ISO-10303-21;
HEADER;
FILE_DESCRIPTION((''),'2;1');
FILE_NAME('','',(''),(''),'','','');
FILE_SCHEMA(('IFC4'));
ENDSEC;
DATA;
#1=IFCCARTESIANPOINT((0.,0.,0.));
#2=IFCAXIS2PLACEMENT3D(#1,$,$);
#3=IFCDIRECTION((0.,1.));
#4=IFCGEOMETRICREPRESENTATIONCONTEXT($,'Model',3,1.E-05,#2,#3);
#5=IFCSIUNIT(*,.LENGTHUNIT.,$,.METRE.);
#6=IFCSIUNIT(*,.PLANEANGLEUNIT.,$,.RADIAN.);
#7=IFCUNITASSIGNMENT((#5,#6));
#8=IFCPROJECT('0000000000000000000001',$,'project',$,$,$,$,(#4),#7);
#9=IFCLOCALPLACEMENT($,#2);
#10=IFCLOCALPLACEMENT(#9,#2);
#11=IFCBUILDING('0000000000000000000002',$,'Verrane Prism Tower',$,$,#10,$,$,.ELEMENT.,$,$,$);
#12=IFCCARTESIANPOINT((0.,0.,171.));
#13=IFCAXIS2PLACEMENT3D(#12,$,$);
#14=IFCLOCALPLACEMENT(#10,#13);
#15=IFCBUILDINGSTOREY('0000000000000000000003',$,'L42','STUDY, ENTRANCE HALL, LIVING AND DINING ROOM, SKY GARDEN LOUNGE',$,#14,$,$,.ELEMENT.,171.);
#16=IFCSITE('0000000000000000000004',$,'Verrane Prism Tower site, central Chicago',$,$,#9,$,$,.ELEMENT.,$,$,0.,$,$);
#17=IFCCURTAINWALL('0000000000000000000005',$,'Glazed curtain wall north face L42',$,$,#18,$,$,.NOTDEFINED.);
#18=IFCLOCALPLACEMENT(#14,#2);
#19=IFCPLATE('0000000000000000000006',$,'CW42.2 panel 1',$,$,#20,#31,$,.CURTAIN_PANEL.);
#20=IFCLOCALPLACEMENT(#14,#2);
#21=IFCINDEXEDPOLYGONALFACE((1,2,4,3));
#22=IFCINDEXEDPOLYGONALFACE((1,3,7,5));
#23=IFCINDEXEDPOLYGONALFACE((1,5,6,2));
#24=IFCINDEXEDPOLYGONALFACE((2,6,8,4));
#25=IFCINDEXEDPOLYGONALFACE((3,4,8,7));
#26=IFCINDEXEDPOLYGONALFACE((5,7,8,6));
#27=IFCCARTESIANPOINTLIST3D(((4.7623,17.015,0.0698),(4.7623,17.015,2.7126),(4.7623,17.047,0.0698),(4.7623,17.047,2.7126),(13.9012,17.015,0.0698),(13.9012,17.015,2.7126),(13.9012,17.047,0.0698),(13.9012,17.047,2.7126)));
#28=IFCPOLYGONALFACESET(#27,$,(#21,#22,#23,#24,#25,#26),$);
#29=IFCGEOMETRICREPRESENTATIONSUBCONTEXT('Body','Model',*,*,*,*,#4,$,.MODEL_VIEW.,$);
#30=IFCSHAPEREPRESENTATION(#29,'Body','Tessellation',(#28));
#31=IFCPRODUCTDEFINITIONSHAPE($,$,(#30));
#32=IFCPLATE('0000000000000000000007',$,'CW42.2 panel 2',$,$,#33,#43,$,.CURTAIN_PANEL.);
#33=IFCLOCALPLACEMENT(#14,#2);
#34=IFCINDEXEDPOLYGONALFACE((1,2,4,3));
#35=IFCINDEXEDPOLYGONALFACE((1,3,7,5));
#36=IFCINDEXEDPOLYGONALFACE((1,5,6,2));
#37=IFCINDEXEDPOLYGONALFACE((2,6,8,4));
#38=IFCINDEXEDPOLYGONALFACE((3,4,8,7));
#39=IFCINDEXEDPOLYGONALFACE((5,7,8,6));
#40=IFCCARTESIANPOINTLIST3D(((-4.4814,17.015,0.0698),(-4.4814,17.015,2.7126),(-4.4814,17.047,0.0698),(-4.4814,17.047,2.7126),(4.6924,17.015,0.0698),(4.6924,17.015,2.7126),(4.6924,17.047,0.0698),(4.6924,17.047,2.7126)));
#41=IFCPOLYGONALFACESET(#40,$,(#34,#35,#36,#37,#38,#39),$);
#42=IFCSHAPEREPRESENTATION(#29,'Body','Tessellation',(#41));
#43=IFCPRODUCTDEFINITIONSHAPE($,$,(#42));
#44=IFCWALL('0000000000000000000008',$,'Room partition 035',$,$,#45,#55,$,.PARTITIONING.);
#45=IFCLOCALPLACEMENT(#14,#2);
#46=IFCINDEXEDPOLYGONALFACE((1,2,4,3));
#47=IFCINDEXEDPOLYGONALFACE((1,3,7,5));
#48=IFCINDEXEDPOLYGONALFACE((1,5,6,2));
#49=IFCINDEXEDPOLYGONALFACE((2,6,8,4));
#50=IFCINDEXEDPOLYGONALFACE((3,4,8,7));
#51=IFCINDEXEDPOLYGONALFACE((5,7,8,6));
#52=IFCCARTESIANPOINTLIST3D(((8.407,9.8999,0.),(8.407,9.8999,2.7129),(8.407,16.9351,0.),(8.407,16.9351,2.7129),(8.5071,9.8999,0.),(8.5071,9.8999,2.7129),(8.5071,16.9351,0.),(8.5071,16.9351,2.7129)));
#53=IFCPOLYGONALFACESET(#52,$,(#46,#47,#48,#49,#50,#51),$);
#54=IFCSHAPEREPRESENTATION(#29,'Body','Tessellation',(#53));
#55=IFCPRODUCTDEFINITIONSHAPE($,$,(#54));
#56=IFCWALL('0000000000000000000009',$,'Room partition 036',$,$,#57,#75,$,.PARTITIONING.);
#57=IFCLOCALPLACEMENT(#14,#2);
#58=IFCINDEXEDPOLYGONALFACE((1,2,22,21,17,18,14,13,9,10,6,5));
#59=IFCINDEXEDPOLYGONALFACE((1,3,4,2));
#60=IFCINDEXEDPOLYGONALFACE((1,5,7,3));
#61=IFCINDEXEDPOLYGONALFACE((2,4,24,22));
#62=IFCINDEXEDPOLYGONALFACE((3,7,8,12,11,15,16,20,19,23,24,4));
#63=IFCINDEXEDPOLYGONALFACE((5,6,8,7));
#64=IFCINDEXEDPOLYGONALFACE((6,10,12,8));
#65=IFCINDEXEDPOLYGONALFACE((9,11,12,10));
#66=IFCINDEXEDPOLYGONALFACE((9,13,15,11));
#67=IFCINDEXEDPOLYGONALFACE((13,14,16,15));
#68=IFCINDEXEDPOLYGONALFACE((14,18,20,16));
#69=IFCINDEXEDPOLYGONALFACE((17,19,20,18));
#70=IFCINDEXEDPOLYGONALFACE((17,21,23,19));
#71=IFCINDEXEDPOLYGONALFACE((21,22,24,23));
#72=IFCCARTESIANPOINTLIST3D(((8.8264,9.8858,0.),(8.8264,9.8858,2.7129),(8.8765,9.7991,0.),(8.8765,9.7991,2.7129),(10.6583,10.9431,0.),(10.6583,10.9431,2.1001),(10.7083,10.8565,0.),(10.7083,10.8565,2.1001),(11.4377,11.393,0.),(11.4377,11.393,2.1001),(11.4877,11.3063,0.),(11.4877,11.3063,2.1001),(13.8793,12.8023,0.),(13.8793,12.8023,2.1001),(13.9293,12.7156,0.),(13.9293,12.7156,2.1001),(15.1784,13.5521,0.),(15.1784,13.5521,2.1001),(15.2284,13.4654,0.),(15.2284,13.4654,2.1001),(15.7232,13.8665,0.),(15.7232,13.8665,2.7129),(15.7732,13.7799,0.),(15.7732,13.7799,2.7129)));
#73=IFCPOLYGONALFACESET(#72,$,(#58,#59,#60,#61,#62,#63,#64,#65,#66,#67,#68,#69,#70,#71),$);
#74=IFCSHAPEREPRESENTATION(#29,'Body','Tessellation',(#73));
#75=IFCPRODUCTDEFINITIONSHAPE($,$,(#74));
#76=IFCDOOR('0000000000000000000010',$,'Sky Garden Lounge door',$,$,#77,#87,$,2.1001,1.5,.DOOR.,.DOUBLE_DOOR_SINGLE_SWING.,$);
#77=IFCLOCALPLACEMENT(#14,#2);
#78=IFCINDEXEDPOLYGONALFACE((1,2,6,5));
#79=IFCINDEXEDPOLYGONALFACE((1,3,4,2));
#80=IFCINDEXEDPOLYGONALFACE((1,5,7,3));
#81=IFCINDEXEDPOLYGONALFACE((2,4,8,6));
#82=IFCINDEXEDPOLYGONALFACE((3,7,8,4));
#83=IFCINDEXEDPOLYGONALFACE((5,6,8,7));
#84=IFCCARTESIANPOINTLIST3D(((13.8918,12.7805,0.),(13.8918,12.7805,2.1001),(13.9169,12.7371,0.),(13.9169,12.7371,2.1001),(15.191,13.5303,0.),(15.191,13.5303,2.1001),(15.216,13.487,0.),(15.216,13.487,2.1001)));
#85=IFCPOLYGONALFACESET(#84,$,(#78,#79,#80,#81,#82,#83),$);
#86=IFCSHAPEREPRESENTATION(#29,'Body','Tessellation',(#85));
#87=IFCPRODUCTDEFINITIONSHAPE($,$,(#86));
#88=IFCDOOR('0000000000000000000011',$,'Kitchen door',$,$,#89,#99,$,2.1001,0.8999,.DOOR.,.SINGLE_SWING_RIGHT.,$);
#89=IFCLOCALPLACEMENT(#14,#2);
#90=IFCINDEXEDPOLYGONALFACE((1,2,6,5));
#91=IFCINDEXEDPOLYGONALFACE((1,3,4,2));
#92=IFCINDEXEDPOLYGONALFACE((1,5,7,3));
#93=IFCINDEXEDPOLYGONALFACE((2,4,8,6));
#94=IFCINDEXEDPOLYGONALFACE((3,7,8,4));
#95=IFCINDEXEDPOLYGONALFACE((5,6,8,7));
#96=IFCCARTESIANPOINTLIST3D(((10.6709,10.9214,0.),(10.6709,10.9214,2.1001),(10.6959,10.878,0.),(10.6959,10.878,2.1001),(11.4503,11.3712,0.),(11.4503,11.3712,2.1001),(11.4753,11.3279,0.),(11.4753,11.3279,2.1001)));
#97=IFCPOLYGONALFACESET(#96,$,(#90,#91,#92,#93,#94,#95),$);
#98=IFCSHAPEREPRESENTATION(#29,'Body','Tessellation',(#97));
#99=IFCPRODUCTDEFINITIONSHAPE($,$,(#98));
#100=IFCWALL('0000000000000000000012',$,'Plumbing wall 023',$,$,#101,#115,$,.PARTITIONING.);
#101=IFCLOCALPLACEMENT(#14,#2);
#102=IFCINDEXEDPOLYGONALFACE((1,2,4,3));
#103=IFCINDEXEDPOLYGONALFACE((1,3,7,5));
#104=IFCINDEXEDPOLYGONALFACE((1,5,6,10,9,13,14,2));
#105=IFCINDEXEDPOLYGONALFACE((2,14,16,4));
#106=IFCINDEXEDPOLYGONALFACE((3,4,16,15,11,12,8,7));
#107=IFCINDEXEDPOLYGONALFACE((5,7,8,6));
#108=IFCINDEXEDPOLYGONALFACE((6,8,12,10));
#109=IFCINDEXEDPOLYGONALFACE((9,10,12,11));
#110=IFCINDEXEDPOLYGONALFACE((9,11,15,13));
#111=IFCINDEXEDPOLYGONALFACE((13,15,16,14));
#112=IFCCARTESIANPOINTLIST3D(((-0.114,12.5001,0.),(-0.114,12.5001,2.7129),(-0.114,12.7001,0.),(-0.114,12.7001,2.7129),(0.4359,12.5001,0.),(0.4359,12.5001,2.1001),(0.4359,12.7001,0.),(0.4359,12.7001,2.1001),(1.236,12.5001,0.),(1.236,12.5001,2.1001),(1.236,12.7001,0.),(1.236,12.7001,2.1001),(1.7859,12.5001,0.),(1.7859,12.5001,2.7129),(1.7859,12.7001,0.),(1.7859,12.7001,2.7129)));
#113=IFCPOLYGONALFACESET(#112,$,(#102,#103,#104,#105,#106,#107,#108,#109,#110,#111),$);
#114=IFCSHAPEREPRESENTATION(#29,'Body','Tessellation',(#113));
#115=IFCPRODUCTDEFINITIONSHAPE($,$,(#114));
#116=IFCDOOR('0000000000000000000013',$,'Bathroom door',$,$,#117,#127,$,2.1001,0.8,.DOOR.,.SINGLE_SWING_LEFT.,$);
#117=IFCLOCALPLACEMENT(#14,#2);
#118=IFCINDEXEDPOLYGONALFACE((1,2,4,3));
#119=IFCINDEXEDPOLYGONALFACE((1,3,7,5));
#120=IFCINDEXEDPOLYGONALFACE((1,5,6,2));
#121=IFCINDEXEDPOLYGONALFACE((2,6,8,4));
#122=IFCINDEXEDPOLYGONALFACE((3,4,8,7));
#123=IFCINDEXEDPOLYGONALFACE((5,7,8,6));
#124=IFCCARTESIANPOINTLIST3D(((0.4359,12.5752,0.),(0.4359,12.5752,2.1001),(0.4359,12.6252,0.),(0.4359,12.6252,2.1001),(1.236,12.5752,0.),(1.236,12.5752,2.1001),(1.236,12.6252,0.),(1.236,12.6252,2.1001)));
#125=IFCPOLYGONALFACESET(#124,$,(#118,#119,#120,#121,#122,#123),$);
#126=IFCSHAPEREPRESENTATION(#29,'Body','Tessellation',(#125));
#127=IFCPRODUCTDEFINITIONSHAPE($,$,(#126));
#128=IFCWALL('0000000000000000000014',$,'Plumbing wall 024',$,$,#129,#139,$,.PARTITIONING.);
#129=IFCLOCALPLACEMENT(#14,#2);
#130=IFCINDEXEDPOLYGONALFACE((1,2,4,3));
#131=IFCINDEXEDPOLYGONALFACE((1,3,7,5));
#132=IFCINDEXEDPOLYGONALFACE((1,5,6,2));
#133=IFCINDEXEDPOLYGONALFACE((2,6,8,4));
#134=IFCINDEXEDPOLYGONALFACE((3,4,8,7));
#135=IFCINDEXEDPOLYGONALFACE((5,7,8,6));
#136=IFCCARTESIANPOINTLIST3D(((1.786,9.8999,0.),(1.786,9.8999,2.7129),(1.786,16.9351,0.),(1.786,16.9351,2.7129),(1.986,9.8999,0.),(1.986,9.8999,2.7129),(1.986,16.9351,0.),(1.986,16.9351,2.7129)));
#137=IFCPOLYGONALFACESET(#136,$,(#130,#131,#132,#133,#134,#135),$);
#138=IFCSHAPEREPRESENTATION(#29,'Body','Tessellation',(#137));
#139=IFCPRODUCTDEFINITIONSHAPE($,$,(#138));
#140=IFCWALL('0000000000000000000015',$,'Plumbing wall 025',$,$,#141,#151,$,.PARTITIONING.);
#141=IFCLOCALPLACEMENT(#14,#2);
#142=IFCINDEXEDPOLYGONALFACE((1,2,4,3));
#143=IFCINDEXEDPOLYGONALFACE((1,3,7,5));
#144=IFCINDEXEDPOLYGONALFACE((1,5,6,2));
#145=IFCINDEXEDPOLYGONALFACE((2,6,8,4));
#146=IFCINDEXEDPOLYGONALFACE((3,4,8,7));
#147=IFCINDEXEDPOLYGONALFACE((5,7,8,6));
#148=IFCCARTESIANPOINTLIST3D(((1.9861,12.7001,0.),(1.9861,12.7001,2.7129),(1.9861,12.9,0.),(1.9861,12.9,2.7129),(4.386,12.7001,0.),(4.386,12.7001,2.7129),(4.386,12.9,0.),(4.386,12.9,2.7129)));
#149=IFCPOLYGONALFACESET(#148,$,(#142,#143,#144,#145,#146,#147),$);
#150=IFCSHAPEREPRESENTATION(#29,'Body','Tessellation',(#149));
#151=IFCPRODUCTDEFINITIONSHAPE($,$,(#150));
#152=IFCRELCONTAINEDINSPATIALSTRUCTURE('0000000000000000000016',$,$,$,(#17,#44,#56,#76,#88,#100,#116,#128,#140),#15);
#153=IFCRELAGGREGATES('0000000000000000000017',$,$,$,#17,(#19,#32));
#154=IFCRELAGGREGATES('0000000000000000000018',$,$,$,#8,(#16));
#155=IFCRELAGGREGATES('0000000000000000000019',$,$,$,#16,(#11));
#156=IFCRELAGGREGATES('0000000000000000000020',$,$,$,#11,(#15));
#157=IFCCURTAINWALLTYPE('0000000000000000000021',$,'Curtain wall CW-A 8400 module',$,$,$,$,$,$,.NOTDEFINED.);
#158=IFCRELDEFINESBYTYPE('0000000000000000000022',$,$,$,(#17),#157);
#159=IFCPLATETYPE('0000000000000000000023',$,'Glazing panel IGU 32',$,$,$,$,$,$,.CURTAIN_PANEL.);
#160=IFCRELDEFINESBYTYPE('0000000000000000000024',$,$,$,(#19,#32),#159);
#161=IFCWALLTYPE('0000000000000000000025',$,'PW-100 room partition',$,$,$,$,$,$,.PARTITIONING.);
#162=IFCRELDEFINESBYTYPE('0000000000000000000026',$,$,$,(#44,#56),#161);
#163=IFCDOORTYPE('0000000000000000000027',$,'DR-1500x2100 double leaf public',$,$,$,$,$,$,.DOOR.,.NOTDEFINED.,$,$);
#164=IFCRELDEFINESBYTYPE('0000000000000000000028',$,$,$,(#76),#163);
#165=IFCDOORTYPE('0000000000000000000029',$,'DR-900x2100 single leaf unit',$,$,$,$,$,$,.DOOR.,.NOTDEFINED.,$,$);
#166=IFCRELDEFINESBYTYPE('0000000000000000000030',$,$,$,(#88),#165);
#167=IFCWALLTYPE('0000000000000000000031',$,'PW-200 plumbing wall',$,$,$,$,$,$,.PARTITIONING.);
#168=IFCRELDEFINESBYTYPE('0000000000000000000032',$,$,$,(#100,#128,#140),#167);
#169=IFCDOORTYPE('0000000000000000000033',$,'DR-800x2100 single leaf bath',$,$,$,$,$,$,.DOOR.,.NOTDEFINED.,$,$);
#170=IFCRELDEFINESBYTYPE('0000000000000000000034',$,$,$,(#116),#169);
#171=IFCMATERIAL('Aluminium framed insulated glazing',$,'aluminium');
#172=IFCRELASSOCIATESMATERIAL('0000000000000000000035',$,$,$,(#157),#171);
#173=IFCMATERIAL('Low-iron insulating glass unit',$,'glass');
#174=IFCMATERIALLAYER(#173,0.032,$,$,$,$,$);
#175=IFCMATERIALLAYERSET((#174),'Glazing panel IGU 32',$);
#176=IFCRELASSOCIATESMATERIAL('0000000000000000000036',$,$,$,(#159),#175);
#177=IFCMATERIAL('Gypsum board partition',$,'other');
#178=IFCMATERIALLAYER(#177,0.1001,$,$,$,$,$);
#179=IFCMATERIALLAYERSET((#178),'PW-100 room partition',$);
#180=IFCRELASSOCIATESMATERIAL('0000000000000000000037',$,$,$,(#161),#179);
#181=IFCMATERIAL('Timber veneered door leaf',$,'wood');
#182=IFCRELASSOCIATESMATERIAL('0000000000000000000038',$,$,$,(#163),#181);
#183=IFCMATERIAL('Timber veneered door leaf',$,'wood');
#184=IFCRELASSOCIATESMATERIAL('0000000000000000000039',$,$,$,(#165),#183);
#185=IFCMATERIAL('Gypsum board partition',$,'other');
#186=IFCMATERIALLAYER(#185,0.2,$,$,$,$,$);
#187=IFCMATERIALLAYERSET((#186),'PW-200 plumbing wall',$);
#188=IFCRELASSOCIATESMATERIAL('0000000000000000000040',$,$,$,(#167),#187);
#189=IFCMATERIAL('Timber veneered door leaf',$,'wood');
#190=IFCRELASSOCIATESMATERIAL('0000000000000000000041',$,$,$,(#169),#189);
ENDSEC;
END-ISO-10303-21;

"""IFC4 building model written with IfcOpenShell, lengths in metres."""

from ifc_helpers import new_model, si_unit, direction, frame, frame_2d, origin, origin_2d, place, context, subcontext, project, spatial, rectangle, extrude, material, layer, layer_set, type_object, element, fill, aggregate, save


model = new_model("IFC4")

# Units and contexts
model_context = context("Model", 3, precision=1e-05, world=origin(), true_north=direction((0.0, 1.0)))
body_context = subcontext(model_context, "Body", "Model", "MODEL_VIEW")
ifc_project = project(units=[si_unit("LENGTHUNIT", "METRE"), si_unit("PLANEANGLEUNIT", "RADIAN")], contexts=[model_context])

# Site, building, storey
site_placement = place(None, origin())
site = spatial("IfcSite", under=ifc_project, at=site_placement, Name="Verrane Prism Tower site, central Chicago", CompositionType="ELEMENT", RefElevation=0.0)
building_placement = place(site_placement, origin())
building = spatial("IfcBuilding", under=site, at=building_placement, Name="Verrane Prism Tower", CompositionType="ELEMENT")
storey_placement = place(building_placement, frame((0.0, 0.0, 171.0)))
storey = spatial("IfcBuildingStorey", under=building, at=storey_placement, Name="L42", Description="STUDY, ENTRANCE HALL, LIVING AND DINING ROOM, SKY GARDEN LOUNGE", CompositionType="ELEMENT", Elevation=171.0)

# Curtain wall
ifc_material_1 = material(Name="Aluminium framed insulated glazing", Category="aluminium")
curtain_wall_type = type_object("IfcCurtainWallType", Name="Curtain wall CW-A 8400 module", PredefinedType="NOTDEFINED", material=ifc_material_1)
curtain_wall_placement = place(storey_placement, origin())
curtain_wall = element("IfcCurtainWall", 1, at=curtain_wall_placement, inside=storey, type_object=curtain_wall_type, Name="Glazed curtain wall north face L42", PredefinedType="NOTDEFINED")

# Plates
ifc_material_2 = material(Name="Low-iron insulating glass unit", Category="glass")
ifc_layer_1 = layer(ifc_material_2, 0.032)
ifc_layer_set_1 = layer_set([ifc_layer_1], Name="Glazing panel IGU 32")
plate_type = type_object("IfcPlateType", Name="Glazing panel IGU 32", PredefinedType="CURTAIN_PANEL", material=ifc_layer_set_1)
plate_1_placement = place(storey_placement, frame((9.3318, 17.031, 0.0698), z_axis=(0.0, 0.0, 1.0), x_axis=(-1.0, 0.0, 0.0)))
plate_1 = element("IfcPlate", 2, at=plate_1_placement, type_object=plate_type, Name="CW42.2 panel 1", PredefinedType="CURTAIN_PANEL", context=body_context, shape_type="SweptSolid", body=[
    extrude(rectangle(XDim=9.1389, YDim=0.032, at=origin_2d()), origin(), (0.0, 0.0, 1.0), 2.6428),
])
plate_2_placement = place(storey_placement, frame((0.1055, 17.031, 0.0698), z_axis=(0.0, 0.0, 1.0), x_axis=(-1.0, 0.0, 0.0)))
plate_2 = element("IfcPlate", 3, at=plate_2_placement, type_object=plate_type, Name="CW42.2 panel 2", PredefinedType="CURTAIN_PANEL", context=body_context, shape_type="SweptSolid", body=[
    extrude(rectangle(XDim=9.1738, YDim=0.032, at=origin_2d()), origin(), (0.0, 0.0, 1.0), 2.6428),
])
aggregate(curtain_wall, [plate_1, plate_2])

# Wall
ifc_material_3 = material(Name="Gypsum board partition", Category="other")
ifc_layer_2 = layer(ifc_material_3, 0.1001)
ifc_layer_set_2 = layer_set([ifc_layer_2], Name="PW-100 room partition")
wall_type_1 = type_object("IfcWallType", Name="PW-100 room partition", PredefinedType="PARTITIONING", material=ifc_layer_set_2)
wall_1_placement = place(storey_placement, frame((8.457, 9.8999, 0.0), z_axis=(0.0, 0.0, 1.0), x_axis=(0.0, 1.0, 0.0)))
element("IfcWall", 4, at=wall_1_placement, inside=storey, type_object=wall_type_1, Name="Room partition 035", PredefinedType="PARTITIONING", context=body_context, shape_type="SweptSolid", body=[
    extrude(rectangle(XDim=7.0352, YDim=0.1001, at=frame_2d((3.5176, 0.0))), origin(), (0.0, 0.0, 1.0), 2.7129),
])

# Wall, openings, doors
wall_2_placement = place(storey_placement, frame((8.8516, 9.8425, 0.0), z_axis=(0.0, 0.0, 1.0), x_axis=(0.866086, 0.499895, 0.0)))
wall_2 = element("IfcWall", 5, at=wall_2_placement, inside=storey, type_object=wall_type_1, Name="Room partition 036", PredefinedType="PARTITIONING", context=body_context, shape_type="SweptSolid", body=[
    extrude(rectangle(XDim=7.9631, YDim=0.1001, at=frame_2d((3.9814, 0.0))), origin(), (0.0, 0.0, 1.0), 2.7129),
])
opening_1_placement = place(wall_2_placement, frame((5.834, 0.0, 0.0)))
opening_1 = element("IfcOpeningElement", 6, at=opening_1_placement, cuts=wall_2, PredefinedType="OPENING", context=body_context, shape_type="SweptSolid", body=[
    extrude(rectangle(XDim=1.5, YDim=2.1001, at=frame_2d((0.75, 1.05))), frame((0.0, 0.0601, 0.0), z_axis=(0.0, -1.0, 0.0), x_axis=(1.0, 0.0, 0.0)), (0.0, 0.0, 1.0), 0.1201),
])
opening_2_placement = place(wall_2_placement, frame((2.115, 0.0, 0.0)))
opening_2 = element("IfcOpeningElement", 7, at=opening_2_placement, cuts=wall_2, PredefinedType="OPENING", context=body_context, shape_type="SweptSolid", body=[
    extrude(rectangle(XDim=0.8999, YDim=2.1001, at=frame_2d((0.45, 1.05))), frame((0.0, 0.0601, 0.0), z_axis=(0.0, -1.0, 0.0), x_axis=(1.0, 0.0, 0.0)), (0.0, 0.0, 1.0), 0.1201),
])
ifc_material_4 = material(Name="Timber veneered door leaf", Category="wood")
door_type_1 = type_object("IfcDoorType", Name="DR-1500x2100 double leaf public", OperationType="NOTDEFINED", PredefinedType="DOOR", material=ifc_material_4)
door_1_placement = place(opening_1_placement, origin())
door_1 = element("IfcDoor", 8, at=door_1_placement, inside=storey, type_object=door_type_1, Name="Sky Garden Lounge door", OperationType="DOUBLE_DOOR_SINGLE_SWING", OverallHeight=2.1001, OverallWidth=1.5, PredefinedType="DOOR", context=body_context, shape_type="SweptSolid", body=[
    extrude(rectangle(XDim=1.5, YDim=2.1001, at=frame_2d((0.75, 1.05))), frame((0.0, 0.0249, 0.0), z_axis=(0.0, -1.0, 0.0), x_axis=(1.0, 0.0, 0.0)), (0.0, 0.0, 1.0), 0.05),
])
fill(opening_1, door_1)
ifc_material_5 = material(Name="Timber veneered door leaf", Category="wood")
door_type_2 = type_object("IfcDoorType", Name="DR-900x2100 single leaf unit", OperationType="NOTDEFINED", PredefinedType="DOOR", material=ifc_material_5)
door_2_placement = place(opening_2_placement, origin())
door_2 = element("IfcDoor", 9, at=door_2_placement, inside=storey, type_object=door_type_2, Name="Kitchen door", OperationType="SINGLE_SWING_RIGHT", OverallHeight=2.1001, OverallWidth=0.8999, PredefinedType="DOOR", context=body_context, shape_type="SweptSolid", body=[
    extrude(rectangle(XDim=0.8999, YDim=2.1001, at=frame_2d((0.45, 1.05))), frame((0.0, 0.0249, 0.0), z_axis=(0.0, -1.0, 0.0), x_axis=(1.0, 0.0, 0.0)), (0.0, 0.0, 1.0), 0.05),
])
fill(opening_2, door_2)

# Wall, opening, door
ifc_material_6 = material(Name="Gypsum board partition", Category="other")
ifc_layer_3 = layer(ifc_material_6, 0.2)
ifc_layer_set_3 = layer_set([ifc_layer_3], Name="PW-200 plumbing wall")
wall_type_2 = type_object("IfcWallType", Name="PW-200 plumbing wall", PredefinedType="PARTITIONING", material=ifc_layer_set_3)
wall_3_placement = place(storey_placement, frame((1.7859, 12.6001, 0.0), z_axis=(0.0, 0.0, 1.0), x_axis=(-1.0, 0.0, 0.0)))
wall_3 = element("IfcWall", 10, at=wall_3_placement, inside=storey, type_object=wall_type_2, Name="Plumbing wall 023", PredefinedType="PARTITIONING", context=body_context, shape_type="SweptSolid", body=[
    extrude(rectangle(XDim=1.8999, YDim=0.2, at=frame_2d((0.95, 0.0))), origin(), (0.0, 0.0, 1.0), 2.7129),
])
opening_3_placement = place(wall_3_placement, frame((0.55, 0.0, 0.0)))
opening_3 = element("IfcOpeningElement", 11, at=opening_3_placement, cuts=wall_3, PredefinedType="OPENING", context=body_context, shape_type="SweptSolid", body=[
    extrude(rectangle(XDim=0.8, YDim=2.1001, at=frame_2d((0.3999, 1.05))), frame((0.0, 0.1099, 0.0), z_axis=(0.0, -1.0, 0.0), x_axis=(1.0, 0.0, 0.0)), (0.0, 0.0, 1.0), 0.22),
])
ifc_material_7 = material(Name="Timber veneered door leaf", Category="wood")
door_type_3 = type_object("IfcDoorType", Name="DR-800x2100 single leaf bath", OperationType="NOTDEFINED", PredefinedType="DOOR", material=ifc_material_7)
door_3_placement = place(opening_3_placement, origin())
door_3 = element("IfcDoor", 12, at=door_3_placement, inside=storey, type_object=door_type_3, Name="Bathroom door", OperationType="SINGLE_SWING_LEFT", OverallHeight=2.1001, OverallWidth=0.8, PredefinedType="DOOR", context=body_context, shape_type="SweptSolid", body=[
    extrude(rectangle(XDim=0.8, YDim=2.1001, at=frame_2d((0.3999, 1.05))), frame((0.0, 0.0249, 0.0), z_axis=(0.0, -1.0, 0.0), x_axis=(1.0, 0.0, 0.0)), (0.0, 0.0, 1.0), 0.05),
])
fill(opening_3, door_3)

# Walls
wall_4_placement = place(storey_placement, frame((1.886, 9.8999, 0.0), z_axis=(0.0, 0.0, 1.0), x_axis=(0.0, 1.0, 0.0)))
element("IfcWall", 13, at=wall_4_placement, inside=storey, type_object=wall_type_2, Name="Plumbing wall 024", PredefinedType="PARTITIONING", context=body_context, shape_type="SweptSolid", body=[
    extrude(rectangle(XDim=7.0352, YDim=0.2, at=frame_2d((3.5176, 0.0))), origin(), (0.0, 0.0, 1.0), 2.7129),
])
wall_5_placement = place(storey_placement, frame((1.9861, 12.8, 0.0), z_axis=(0.0, 0.0, 1.0), x_axis=(1.0, 0.0, 0.0)))
element("IfcWall", 14, at=wall_5_placement, inside=storey, type_object=wall_type_2, Name="Plumbing wall 025", PredefinedType="PARTITIONING", context=body_context, shape_type="SweptSolid", body=[
    extrude(rectangle(XDim=2.3999, YDim=0.2, at=frame_2d((1.2, 0.0))), origin(), (0.0, 0.0, 1.0), 2.7129),
])

save(model, "model.ifc")
